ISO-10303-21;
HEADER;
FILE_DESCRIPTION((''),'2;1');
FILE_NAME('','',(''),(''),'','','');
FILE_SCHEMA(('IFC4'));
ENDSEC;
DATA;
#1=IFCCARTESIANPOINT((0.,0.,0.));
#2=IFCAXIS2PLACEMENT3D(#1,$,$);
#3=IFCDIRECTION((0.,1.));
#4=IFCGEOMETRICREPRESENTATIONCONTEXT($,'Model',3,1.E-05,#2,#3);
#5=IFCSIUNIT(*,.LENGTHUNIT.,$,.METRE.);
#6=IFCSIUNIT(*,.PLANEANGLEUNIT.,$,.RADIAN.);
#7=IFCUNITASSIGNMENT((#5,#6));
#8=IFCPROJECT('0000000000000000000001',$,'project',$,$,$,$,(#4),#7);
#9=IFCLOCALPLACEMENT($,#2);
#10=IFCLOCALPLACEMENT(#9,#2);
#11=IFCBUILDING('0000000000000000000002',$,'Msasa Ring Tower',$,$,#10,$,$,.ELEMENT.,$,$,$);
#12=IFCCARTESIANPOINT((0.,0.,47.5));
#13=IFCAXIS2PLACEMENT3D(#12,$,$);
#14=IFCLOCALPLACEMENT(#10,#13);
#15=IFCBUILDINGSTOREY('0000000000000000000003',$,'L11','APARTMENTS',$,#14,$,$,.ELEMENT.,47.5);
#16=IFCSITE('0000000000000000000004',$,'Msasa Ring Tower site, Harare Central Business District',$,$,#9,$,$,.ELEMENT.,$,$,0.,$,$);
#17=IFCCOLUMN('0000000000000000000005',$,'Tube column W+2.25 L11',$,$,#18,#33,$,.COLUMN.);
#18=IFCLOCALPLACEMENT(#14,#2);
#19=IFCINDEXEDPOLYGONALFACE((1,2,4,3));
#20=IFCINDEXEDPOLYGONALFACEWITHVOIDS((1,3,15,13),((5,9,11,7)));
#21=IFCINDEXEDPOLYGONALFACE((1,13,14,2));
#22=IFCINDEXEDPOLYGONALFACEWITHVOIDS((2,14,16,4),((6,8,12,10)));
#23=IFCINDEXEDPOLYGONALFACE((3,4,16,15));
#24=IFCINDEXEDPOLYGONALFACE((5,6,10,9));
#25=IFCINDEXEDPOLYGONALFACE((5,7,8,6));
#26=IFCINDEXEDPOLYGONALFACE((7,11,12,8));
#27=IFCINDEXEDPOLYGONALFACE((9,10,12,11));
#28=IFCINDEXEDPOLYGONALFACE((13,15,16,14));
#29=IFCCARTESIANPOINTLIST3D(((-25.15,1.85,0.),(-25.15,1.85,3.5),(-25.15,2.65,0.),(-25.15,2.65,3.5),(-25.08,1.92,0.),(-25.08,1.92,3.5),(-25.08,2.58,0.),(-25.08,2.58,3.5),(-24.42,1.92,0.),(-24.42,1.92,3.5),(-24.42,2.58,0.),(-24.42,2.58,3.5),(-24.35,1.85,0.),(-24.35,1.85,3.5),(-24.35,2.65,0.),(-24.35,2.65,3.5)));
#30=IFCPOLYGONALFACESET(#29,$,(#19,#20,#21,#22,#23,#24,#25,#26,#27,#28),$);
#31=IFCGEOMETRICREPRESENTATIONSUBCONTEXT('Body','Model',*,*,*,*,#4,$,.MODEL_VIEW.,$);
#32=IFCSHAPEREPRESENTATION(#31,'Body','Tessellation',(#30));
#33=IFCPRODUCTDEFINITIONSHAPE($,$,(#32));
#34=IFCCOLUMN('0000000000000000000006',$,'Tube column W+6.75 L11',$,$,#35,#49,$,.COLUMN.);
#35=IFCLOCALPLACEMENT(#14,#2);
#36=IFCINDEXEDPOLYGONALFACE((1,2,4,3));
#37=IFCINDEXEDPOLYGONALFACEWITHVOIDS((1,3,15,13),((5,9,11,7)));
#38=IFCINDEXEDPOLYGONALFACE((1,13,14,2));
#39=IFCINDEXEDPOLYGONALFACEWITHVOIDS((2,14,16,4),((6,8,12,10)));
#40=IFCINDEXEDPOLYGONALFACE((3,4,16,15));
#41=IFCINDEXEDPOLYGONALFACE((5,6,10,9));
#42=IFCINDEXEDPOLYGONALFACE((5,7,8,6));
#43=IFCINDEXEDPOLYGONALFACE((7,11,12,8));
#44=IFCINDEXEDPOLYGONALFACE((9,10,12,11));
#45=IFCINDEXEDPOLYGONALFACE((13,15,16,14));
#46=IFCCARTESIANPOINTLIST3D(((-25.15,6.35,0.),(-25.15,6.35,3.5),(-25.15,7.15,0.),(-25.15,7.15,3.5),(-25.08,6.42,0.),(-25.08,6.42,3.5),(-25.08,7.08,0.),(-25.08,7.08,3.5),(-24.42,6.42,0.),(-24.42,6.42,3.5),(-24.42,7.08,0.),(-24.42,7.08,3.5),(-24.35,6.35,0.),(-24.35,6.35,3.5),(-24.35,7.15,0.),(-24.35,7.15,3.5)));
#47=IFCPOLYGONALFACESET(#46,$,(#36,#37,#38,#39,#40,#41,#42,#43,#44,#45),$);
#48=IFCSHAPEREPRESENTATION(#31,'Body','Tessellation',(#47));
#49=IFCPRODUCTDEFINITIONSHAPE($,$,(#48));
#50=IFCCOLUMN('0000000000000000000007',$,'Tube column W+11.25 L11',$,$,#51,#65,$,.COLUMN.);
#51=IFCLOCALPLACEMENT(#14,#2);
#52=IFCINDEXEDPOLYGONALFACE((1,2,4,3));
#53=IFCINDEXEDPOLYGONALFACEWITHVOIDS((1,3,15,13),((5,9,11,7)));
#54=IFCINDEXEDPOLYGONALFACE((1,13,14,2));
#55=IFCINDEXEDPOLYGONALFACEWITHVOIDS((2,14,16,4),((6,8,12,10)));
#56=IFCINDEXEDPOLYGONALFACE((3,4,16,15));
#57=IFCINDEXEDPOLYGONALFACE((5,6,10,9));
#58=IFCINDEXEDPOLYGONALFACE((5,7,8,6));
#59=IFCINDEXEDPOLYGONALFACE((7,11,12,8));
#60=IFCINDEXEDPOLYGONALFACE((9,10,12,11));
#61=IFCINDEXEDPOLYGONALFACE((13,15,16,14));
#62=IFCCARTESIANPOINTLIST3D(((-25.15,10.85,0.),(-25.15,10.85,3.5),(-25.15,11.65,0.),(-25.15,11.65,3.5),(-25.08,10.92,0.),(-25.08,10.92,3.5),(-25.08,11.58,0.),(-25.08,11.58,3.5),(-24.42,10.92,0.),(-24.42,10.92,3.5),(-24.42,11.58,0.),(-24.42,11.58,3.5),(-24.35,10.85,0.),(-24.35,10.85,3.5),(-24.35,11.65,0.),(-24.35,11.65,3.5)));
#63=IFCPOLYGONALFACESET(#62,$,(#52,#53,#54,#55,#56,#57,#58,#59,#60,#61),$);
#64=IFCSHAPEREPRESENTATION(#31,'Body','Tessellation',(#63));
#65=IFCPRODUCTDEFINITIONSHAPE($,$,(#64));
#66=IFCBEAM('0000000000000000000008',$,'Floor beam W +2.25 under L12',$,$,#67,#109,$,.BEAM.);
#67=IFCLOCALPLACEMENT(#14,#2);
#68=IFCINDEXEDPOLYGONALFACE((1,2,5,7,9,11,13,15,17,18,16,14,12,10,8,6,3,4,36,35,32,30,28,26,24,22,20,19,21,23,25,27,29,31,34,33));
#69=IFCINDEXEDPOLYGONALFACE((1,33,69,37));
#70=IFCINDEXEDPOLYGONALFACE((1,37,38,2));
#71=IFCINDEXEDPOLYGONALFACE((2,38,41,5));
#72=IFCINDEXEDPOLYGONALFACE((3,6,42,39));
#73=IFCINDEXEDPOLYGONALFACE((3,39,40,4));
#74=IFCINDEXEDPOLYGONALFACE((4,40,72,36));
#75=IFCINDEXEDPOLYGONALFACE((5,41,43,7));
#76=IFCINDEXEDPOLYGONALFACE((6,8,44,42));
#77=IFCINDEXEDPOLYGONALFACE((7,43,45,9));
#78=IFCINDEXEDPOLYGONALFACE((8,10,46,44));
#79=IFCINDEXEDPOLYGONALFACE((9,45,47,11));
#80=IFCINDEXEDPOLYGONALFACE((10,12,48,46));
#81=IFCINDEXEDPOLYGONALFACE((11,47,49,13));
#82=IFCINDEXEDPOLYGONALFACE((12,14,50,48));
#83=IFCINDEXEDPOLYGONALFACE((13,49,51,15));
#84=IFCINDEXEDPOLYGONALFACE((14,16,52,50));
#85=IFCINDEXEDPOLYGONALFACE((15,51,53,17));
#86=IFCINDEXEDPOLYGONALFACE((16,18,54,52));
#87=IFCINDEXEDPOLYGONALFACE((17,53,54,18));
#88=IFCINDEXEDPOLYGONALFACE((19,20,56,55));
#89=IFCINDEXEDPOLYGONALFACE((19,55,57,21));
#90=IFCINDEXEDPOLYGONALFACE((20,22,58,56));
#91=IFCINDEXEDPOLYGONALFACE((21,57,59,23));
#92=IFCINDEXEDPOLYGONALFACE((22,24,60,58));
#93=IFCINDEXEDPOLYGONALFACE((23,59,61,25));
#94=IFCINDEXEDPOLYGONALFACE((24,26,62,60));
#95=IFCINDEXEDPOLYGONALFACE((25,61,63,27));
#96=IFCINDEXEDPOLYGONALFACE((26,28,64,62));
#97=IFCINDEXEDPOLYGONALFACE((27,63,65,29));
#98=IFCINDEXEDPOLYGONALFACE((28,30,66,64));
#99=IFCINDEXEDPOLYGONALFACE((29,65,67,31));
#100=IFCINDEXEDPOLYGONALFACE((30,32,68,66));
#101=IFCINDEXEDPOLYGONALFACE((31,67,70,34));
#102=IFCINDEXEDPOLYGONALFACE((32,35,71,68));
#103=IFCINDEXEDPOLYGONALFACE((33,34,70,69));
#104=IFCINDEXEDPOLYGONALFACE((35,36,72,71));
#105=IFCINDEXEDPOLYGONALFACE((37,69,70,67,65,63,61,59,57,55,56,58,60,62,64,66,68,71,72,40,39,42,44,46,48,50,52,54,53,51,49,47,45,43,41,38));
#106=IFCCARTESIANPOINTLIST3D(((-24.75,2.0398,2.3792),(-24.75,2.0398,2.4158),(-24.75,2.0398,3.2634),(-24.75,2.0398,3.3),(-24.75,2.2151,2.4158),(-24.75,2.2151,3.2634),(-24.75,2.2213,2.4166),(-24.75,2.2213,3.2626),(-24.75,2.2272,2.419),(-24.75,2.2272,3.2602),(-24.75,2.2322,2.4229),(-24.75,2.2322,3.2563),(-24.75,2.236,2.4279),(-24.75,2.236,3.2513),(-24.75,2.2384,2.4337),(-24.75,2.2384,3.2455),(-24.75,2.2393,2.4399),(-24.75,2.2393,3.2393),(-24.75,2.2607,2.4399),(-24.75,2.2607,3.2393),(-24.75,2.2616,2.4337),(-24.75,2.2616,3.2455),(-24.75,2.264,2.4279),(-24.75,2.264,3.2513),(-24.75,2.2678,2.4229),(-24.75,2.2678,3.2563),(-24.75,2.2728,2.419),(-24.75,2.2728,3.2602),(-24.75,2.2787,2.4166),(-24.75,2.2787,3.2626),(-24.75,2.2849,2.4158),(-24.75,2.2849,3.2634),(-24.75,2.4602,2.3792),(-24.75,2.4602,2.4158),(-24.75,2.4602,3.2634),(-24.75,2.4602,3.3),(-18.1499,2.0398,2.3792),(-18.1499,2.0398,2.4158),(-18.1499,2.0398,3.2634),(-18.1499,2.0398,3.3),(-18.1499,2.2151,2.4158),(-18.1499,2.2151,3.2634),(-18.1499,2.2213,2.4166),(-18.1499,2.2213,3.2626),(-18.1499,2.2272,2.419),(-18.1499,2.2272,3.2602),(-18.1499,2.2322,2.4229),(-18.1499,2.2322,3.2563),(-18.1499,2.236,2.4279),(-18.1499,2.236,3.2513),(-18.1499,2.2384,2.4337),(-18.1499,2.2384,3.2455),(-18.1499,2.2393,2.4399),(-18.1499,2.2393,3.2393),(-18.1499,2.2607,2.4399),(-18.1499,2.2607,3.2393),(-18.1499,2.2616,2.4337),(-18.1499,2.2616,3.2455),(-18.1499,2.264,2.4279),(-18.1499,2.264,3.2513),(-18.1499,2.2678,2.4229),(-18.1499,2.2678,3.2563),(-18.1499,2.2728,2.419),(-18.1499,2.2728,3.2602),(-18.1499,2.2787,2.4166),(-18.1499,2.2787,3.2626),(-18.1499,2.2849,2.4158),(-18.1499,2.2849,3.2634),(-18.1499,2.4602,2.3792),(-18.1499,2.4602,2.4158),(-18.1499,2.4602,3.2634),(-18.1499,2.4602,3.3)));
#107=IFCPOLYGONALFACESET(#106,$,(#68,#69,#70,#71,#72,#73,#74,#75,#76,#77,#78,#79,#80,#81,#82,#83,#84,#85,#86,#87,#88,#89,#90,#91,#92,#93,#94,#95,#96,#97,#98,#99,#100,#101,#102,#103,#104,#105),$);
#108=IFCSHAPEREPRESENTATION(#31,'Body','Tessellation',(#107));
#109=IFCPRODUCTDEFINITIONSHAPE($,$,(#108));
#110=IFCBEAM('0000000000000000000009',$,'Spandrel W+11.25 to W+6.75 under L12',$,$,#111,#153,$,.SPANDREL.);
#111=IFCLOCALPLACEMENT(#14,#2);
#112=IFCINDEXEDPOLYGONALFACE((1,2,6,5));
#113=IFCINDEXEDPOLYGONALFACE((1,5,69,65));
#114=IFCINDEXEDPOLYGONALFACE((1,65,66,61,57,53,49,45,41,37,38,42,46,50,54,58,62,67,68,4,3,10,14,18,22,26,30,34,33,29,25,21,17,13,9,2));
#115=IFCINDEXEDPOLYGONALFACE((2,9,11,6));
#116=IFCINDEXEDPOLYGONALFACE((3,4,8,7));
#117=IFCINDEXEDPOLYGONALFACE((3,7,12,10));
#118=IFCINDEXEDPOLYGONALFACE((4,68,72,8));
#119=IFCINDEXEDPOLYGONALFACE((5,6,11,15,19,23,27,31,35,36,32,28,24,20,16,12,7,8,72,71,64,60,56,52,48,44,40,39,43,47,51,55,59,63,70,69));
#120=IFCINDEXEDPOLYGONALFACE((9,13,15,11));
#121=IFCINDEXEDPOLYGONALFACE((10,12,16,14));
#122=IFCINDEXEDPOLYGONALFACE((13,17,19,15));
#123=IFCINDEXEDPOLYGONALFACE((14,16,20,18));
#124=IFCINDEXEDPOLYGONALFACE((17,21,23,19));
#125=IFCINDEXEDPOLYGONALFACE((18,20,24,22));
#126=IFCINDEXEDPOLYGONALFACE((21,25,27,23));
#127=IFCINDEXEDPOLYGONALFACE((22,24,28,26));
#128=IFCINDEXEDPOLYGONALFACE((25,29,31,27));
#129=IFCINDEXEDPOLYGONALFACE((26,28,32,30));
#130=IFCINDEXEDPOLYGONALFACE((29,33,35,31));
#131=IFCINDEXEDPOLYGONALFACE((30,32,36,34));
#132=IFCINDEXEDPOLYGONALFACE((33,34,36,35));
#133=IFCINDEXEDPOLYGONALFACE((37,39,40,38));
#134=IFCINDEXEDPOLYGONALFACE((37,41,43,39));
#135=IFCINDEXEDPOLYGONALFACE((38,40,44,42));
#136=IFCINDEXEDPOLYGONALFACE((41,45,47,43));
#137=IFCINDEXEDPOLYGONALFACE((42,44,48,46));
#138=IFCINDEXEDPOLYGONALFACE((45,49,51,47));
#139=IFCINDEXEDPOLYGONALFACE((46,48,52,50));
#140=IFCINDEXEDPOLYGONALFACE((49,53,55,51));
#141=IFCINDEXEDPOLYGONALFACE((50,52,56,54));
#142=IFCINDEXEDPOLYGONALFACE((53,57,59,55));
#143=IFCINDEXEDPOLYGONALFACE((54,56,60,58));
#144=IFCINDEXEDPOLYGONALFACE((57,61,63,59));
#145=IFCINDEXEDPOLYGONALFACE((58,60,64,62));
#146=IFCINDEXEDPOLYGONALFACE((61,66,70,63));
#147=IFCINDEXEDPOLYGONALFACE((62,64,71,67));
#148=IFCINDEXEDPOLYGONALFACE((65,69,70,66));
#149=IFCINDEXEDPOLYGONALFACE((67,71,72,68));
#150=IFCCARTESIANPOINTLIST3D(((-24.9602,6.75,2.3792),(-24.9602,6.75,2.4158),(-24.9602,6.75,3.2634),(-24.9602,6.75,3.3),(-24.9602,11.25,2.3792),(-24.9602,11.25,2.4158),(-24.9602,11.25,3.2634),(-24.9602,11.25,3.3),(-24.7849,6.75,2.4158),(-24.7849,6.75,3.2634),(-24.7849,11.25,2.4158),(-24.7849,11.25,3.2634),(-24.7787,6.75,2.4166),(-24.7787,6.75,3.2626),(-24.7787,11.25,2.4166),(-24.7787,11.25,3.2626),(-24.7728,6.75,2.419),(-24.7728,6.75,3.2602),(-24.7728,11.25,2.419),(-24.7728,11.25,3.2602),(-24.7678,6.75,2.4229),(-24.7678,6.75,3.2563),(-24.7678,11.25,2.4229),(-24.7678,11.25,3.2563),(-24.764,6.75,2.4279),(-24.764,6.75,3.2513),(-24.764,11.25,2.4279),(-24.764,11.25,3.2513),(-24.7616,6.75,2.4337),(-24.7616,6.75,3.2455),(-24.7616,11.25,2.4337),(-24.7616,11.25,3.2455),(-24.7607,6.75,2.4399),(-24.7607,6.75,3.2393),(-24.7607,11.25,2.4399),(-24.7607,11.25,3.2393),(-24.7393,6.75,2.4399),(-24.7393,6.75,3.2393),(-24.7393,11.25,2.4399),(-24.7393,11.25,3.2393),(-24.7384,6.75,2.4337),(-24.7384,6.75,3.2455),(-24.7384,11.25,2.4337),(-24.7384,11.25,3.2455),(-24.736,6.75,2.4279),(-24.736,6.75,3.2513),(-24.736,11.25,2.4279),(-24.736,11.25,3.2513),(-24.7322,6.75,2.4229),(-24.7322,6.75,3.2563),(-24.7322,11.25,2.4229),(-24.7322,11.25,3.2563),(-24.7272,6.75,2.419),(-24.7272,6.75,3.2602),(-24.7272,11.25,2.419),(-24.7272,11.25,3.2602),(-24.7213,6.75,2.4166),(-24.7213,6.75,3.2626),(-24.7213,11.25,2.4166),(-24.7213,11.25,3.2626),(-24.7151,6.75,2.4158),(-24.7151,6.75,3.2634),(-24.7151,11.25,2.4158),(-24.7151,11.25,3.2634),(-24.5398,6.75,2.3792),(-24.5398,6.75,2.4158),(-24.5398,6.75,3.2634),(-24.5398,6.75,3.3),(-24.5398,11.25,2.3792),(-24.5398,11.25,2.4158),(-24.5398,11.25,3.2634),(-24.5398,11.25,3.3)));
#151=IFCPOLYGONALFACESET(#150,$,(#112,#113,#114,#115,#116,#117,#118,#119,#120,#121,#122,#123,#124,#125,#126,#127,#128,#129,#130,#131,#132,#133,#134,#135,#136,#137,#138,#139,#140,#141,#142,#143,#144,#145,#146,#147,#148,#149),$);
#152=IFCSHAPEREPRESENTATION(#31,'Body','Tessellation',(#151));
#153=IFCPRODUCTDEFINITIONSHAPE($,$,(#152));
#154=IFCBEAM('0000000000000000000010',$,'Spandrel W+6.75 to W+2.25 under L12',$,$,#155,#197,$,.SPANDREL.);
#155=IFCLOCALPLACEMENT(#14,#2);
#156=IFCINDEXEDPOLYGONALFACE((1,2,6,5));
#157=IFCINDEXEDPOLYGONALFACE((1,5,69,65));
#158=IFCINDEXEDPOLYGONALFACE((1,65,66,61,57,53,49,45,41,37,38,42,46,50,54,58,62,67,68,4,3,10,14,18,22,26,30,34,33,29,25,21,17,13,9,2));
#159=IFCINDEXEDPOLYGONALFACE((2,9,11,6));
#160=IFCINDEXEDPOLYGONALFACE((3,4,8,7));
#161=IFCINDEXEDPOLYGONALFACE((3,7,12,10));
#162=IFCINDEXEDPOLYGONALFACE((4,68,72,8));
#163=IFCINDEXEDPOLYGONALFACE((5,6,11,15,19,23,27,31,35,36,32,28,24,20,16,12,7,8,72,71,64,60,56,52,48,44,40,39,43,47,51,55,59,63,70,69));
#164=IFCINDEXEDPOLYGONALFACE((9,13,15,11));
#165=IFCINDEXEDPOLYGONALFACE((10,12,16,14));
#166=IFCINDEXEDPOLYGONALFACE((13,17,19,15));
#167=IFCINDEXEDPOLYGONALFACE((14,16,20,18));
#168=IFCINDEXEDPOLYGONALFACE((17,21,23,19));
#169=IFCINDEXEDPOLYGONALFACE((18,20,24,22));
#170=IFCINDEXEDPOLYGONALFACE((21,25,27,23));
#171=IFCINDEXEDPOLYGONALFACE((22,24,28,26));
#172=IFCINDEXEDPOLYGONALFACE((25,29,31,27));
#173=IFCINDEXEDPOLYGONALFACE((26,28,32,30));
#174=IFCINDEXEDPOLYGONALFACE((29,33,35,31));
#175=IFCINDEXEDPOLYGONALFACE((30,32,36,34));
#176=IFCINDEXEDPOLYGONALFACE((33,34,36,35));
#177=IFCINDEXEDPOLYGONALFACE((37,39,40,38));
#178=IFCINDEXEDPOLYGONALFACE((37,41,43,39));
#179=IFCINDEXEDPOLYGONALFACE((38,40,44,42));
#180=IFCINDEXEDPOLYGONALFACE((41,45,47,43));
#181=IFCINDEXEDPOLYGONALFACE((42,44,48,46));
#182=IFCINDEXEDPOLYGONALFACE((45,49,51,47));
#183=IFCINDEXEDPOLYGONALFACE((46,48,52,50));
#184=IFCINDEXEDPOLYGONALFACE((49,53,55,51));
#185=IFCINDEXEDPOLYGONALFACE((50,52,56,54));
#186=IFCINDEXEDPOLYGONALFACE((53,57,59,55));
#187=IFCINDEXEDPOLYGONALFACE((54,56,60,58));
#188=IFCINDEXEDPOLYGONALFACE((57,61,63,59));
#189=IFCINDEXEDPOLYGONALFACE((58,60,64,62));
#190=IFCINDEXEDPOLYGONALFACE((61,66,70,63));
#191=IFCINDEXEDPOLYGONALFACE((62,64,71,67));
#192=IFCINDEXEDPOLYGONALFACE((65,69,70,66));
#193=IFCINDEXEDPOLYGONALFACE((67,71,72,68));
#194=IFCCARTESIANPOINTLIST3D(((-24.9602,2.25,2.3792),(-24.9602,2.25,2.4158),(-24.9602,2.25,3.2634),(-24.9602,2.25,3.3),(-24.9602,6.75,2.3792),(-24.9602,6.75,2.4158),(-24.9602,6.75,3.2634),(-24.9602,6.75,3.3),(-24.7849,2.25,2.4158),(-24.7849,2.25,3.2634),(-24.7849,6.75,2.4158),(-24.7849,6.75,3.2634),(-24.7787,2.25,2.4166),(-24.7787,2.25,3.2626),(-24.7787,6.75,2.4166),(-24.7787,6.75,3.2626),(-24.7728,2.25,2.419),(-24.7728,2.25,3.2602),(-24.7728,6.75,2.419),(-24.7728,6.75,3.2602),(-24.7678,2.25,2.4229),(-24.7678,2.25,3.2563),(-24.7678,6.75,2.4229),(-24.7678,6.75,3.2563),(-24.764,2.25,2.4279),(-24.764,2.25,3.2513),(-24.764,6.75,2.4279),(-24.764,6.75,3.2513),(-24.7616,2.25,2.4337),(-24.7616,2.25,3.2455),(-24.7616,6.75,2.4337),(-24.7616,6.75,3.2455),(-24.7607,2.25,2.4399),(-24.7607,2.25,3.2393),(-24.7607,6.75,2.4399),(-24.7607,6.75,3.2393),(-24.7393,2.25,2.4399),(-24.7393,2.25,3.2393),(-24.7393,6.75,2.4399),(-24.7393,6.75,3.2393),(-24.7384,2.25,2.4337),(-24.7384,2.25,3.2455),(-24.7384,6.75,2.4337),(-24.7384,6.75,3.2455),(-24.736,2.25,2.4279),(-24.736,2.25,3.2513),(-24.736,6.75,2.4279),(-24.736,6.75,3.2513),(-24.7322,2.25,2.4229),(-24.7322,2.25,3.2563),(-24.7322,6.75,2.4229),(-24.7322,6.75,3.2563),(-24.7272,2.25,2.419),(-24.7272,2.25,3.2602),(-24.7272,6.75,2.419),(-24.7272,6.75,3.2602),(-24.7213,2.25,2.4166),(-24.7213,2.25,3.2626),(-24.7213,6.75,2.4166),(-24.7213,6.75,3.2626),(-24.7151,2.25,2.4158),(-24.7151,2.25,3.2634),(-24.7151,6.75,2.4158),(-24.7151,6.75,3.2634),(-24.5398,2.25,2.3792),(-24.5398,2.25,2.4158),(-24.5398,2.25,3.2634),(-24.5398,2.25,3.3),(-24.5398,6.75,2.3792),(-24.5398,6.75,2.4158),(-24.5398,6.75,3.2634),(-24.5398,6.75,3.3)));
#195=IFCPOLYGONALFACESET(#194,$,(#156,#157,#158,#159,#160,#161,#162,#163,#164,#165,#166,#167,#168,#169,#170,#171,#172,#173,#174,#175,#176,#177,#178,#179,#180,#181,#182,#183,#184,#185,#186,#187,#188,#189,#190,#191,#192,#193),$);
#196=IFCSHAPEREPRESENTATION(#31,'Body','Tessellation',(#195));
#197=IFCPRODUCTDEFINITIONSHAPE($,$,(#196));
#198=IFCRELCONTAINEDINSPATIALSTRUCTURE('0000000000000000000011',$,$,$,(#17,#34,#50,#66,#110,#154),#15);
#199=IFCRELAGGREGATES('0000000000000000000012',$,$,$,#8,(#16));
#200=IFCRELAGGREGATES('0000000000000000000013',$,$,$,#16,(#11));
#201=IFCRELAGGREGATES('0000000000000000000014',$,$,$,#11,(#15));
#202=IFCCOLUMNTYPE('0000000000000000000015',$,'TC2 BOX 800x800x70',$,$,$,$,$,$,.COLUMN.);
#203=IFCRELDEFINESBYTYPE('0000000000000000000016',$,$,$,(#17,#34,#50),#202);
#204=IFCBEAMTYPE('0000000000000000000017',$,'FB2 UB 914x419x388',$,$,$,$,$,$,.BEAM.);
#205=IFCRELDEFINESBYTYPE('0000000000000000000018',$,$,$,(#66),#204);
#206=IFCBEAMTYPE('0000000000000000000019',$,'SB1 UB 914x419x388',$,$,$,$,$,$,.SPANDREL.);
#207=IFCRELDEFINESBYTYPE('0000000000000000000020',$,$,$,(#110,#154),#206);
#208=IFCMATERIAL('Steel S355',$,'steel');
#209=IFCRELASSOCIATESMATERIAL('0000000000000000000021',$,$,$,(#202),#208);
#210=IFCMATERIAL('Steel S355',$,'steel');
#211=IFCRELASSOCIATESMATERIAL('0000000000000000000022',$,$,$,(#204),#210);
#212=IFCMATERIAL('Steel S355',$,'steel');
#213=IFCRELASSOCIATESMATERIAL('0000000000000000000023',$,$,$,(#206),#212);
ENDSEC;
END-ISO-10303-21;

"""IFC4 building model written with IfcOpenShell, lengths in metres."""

from ifc_helpers import new_model, si_unit, direction, frame, origin, origin_2d, place, context, subcontext, project, spatial, hollow_rectangle, i_section, extrude, material, material_profile, profile_set, type_object, element, save


model = new_model("IFC4")

# Units and contexts
model_context = context("Model", 3, precision=1e-05, world=origin(), true_north=direction((0.0, 1.0)))
body_context = subcontext(model_context, "Body", "Model", "MODEL_VIEW")
ifc_project = project(units=[si_unit("LENGTHUNIT", "METRE"), si_unit("PLANEANGLEUNIT", "RADIAN")], contexts=[model_context])

# Site, building, storey
site_placement = place(None, origin())
site = spatial("IfcSite", under=ifc_project, at=site_placement, Name="Msasa Ring Tower site, Harare Central Business District", CompositionType="ELEMENT", RefElevation=0.0)
building_placement = place(site_placement, origin())
building = spatial("IfcBuilding", under=site, at=building_placement, Name="Msasa Ring Tower", CompositionType="ELEMENT")
storey_placement = place(building_placement, frame((0.0, 0.0, 47.5)))
storey = spatial("IfcBuildingStorey", under=building, at=storey_placement, Name="L11", Description="APARTMENTS", CompositionType="ELEMENT", Elevation=47.5)

# Columns
ifc_material_1 = material(Name="Steel S355", Category="steel")
ifc_material_profile_1 = material_profile(ifc_material_1, hollow_rectangle(XDim=0.8, YDim=0.8, WallThickness=0.0701, at=origin_2d()), Name="BOX 800x800x70")
ifc_profile_set_1 = profile_set([ifc_material_profile_1], Name="Steel S355")
column_type = type_object("IfcColumnType", Name="TC2 BOX 800x800x70", PredefinedType="COLUMN", material=ifc_profile_set_1)
for number, where, z_axis, x_axis, name in (
    (1, (-24.75, 2.25, 0.0), (0.0, 0.0, 1.0), (1.0, 0.0, 0.0), "Tube column W+2.25 L11"),
    (2, (-24.75, 6.75, 0.0), (0.0, 0.0, 1.0), (1.0, 0.0, 0.0), "Tube column W+6.75 L11"),
    (3, (-24.75, 11.25, 0.0), (0.0, 0.0, 1.0), (1.0, 0.0, 0.0), "Tube column W+11.25 L11"),
):
    element("IfcColumn", number, at=place(storey_placement, frame(where, z_axis=z_axis, x_axis=x_axis)), inside=storey, type_object=column_type, Name=name, PredefinedType="COLUMN", context=body_context, shape_type="SweptSolid", body=[
        extrude(hollow_rectangle(XDim=0.8, YDim=0.8, WallThickness=0.0701, at=origin_2d()), origin(), (0.0, 0.0, 1.0), 3.5),
    ])

# Beams
ifc_material_2 = material(Name="Steel S355", Category="steel")
ifc_material_profile_2 = material_profile(ifc_material_2, i_section(OverallWidth=0.4204, OverallDepth=0.9209, WebThickness=0.0215, FlangeThickness=0.0366, FilletRadius=0.0242, at=origin_2d()), Name="UB 914x419x388")
ifc_profile_set_2 = profile_set([ifc_material_profile_2], Name="Steel S355")
beam_type_1 = type_object("IfcBeamType", Name="FB2 UB 914x419x388", PredefinedType="BEAM", material=ifc_profile_set_2)
beam_placement = place(storey_placement, frame((-24.75, 2.25, 2.8396), z_axis=(1.0, 0.0, 0.0), x_axis=(0.0, 1.0, 0.0)))
element("IfcBeam", 4, at=beam_placement, inside=storey, type_object=beam_type_1, Name="Floor beam W +2.25 under L12", PredefinedType="BEAM", context=body_context, shape_type="SweptSolid", body=[
    extrude(i_section(OverallWidth=0.4204, OverallDepth=0.9209, WebThickness=0.0215, FlangeThickness=0.0366, FilletRadius=0.0242, at=origin_2d()), origin(), (0.0, 0.0, 1.0), 6.6001),
])
ifc_material_3 = material(Name="Steel S355", Category="steel")
ifc_material_profile_3 = material_profile(ifc_material_3, i_section(OverallWidth=0.4204, OverallDepth=0.9209, WebThickness=0.0215, FlangeThickness=0.0366, FilletRadius=0.0242, at=origin_2d()), Name="UB 914x419x388")
ifc_profile_set_3 = profile_set([ifc_material_profile_3], Name="Steel S355")
beam_type_2 = type_object("IfcBeamType", Name="SB1 UB 914x419x388", PredefinedType="SPANDREL", material=ifc_profile_set_3)
for number, where, z_axis, x_axis, name in (
    (5, (-24.75, 11.25, 2.8396), (0.0, -1.0, 0.0), (1.0, 0.0, 0.0), "Spandrel W+11.25 to W+6.75 under L12"),
    (6, (-24.75, 6.75, 2.8396), (0.0, -1.0, 0.0), (1.0, 0.0, 0.0), "Spandrel W+6.75 to W+2.25 under L12"),
):
    element("IfcBeam", number, at=place(storey_placement, frame(where, z_axis=z_axis, x_axis=x_axis)), inside=storey, type_object=beam_type_2, Name=name, PredefinedType="SPANDREL", context=body_context, shape_type="SweptSolid", body=[
        extrude(i_section(OverallWidth=0.4204, OverallDepth=0.9209, WebThickness=0.0215, FlangeThickness=0.0366, FilletRadius=0.0242, at=origin_2d()), origin(), (0.0, 0.0, 1.0), 4.5),
    ])

save(model, "model.ifc")
